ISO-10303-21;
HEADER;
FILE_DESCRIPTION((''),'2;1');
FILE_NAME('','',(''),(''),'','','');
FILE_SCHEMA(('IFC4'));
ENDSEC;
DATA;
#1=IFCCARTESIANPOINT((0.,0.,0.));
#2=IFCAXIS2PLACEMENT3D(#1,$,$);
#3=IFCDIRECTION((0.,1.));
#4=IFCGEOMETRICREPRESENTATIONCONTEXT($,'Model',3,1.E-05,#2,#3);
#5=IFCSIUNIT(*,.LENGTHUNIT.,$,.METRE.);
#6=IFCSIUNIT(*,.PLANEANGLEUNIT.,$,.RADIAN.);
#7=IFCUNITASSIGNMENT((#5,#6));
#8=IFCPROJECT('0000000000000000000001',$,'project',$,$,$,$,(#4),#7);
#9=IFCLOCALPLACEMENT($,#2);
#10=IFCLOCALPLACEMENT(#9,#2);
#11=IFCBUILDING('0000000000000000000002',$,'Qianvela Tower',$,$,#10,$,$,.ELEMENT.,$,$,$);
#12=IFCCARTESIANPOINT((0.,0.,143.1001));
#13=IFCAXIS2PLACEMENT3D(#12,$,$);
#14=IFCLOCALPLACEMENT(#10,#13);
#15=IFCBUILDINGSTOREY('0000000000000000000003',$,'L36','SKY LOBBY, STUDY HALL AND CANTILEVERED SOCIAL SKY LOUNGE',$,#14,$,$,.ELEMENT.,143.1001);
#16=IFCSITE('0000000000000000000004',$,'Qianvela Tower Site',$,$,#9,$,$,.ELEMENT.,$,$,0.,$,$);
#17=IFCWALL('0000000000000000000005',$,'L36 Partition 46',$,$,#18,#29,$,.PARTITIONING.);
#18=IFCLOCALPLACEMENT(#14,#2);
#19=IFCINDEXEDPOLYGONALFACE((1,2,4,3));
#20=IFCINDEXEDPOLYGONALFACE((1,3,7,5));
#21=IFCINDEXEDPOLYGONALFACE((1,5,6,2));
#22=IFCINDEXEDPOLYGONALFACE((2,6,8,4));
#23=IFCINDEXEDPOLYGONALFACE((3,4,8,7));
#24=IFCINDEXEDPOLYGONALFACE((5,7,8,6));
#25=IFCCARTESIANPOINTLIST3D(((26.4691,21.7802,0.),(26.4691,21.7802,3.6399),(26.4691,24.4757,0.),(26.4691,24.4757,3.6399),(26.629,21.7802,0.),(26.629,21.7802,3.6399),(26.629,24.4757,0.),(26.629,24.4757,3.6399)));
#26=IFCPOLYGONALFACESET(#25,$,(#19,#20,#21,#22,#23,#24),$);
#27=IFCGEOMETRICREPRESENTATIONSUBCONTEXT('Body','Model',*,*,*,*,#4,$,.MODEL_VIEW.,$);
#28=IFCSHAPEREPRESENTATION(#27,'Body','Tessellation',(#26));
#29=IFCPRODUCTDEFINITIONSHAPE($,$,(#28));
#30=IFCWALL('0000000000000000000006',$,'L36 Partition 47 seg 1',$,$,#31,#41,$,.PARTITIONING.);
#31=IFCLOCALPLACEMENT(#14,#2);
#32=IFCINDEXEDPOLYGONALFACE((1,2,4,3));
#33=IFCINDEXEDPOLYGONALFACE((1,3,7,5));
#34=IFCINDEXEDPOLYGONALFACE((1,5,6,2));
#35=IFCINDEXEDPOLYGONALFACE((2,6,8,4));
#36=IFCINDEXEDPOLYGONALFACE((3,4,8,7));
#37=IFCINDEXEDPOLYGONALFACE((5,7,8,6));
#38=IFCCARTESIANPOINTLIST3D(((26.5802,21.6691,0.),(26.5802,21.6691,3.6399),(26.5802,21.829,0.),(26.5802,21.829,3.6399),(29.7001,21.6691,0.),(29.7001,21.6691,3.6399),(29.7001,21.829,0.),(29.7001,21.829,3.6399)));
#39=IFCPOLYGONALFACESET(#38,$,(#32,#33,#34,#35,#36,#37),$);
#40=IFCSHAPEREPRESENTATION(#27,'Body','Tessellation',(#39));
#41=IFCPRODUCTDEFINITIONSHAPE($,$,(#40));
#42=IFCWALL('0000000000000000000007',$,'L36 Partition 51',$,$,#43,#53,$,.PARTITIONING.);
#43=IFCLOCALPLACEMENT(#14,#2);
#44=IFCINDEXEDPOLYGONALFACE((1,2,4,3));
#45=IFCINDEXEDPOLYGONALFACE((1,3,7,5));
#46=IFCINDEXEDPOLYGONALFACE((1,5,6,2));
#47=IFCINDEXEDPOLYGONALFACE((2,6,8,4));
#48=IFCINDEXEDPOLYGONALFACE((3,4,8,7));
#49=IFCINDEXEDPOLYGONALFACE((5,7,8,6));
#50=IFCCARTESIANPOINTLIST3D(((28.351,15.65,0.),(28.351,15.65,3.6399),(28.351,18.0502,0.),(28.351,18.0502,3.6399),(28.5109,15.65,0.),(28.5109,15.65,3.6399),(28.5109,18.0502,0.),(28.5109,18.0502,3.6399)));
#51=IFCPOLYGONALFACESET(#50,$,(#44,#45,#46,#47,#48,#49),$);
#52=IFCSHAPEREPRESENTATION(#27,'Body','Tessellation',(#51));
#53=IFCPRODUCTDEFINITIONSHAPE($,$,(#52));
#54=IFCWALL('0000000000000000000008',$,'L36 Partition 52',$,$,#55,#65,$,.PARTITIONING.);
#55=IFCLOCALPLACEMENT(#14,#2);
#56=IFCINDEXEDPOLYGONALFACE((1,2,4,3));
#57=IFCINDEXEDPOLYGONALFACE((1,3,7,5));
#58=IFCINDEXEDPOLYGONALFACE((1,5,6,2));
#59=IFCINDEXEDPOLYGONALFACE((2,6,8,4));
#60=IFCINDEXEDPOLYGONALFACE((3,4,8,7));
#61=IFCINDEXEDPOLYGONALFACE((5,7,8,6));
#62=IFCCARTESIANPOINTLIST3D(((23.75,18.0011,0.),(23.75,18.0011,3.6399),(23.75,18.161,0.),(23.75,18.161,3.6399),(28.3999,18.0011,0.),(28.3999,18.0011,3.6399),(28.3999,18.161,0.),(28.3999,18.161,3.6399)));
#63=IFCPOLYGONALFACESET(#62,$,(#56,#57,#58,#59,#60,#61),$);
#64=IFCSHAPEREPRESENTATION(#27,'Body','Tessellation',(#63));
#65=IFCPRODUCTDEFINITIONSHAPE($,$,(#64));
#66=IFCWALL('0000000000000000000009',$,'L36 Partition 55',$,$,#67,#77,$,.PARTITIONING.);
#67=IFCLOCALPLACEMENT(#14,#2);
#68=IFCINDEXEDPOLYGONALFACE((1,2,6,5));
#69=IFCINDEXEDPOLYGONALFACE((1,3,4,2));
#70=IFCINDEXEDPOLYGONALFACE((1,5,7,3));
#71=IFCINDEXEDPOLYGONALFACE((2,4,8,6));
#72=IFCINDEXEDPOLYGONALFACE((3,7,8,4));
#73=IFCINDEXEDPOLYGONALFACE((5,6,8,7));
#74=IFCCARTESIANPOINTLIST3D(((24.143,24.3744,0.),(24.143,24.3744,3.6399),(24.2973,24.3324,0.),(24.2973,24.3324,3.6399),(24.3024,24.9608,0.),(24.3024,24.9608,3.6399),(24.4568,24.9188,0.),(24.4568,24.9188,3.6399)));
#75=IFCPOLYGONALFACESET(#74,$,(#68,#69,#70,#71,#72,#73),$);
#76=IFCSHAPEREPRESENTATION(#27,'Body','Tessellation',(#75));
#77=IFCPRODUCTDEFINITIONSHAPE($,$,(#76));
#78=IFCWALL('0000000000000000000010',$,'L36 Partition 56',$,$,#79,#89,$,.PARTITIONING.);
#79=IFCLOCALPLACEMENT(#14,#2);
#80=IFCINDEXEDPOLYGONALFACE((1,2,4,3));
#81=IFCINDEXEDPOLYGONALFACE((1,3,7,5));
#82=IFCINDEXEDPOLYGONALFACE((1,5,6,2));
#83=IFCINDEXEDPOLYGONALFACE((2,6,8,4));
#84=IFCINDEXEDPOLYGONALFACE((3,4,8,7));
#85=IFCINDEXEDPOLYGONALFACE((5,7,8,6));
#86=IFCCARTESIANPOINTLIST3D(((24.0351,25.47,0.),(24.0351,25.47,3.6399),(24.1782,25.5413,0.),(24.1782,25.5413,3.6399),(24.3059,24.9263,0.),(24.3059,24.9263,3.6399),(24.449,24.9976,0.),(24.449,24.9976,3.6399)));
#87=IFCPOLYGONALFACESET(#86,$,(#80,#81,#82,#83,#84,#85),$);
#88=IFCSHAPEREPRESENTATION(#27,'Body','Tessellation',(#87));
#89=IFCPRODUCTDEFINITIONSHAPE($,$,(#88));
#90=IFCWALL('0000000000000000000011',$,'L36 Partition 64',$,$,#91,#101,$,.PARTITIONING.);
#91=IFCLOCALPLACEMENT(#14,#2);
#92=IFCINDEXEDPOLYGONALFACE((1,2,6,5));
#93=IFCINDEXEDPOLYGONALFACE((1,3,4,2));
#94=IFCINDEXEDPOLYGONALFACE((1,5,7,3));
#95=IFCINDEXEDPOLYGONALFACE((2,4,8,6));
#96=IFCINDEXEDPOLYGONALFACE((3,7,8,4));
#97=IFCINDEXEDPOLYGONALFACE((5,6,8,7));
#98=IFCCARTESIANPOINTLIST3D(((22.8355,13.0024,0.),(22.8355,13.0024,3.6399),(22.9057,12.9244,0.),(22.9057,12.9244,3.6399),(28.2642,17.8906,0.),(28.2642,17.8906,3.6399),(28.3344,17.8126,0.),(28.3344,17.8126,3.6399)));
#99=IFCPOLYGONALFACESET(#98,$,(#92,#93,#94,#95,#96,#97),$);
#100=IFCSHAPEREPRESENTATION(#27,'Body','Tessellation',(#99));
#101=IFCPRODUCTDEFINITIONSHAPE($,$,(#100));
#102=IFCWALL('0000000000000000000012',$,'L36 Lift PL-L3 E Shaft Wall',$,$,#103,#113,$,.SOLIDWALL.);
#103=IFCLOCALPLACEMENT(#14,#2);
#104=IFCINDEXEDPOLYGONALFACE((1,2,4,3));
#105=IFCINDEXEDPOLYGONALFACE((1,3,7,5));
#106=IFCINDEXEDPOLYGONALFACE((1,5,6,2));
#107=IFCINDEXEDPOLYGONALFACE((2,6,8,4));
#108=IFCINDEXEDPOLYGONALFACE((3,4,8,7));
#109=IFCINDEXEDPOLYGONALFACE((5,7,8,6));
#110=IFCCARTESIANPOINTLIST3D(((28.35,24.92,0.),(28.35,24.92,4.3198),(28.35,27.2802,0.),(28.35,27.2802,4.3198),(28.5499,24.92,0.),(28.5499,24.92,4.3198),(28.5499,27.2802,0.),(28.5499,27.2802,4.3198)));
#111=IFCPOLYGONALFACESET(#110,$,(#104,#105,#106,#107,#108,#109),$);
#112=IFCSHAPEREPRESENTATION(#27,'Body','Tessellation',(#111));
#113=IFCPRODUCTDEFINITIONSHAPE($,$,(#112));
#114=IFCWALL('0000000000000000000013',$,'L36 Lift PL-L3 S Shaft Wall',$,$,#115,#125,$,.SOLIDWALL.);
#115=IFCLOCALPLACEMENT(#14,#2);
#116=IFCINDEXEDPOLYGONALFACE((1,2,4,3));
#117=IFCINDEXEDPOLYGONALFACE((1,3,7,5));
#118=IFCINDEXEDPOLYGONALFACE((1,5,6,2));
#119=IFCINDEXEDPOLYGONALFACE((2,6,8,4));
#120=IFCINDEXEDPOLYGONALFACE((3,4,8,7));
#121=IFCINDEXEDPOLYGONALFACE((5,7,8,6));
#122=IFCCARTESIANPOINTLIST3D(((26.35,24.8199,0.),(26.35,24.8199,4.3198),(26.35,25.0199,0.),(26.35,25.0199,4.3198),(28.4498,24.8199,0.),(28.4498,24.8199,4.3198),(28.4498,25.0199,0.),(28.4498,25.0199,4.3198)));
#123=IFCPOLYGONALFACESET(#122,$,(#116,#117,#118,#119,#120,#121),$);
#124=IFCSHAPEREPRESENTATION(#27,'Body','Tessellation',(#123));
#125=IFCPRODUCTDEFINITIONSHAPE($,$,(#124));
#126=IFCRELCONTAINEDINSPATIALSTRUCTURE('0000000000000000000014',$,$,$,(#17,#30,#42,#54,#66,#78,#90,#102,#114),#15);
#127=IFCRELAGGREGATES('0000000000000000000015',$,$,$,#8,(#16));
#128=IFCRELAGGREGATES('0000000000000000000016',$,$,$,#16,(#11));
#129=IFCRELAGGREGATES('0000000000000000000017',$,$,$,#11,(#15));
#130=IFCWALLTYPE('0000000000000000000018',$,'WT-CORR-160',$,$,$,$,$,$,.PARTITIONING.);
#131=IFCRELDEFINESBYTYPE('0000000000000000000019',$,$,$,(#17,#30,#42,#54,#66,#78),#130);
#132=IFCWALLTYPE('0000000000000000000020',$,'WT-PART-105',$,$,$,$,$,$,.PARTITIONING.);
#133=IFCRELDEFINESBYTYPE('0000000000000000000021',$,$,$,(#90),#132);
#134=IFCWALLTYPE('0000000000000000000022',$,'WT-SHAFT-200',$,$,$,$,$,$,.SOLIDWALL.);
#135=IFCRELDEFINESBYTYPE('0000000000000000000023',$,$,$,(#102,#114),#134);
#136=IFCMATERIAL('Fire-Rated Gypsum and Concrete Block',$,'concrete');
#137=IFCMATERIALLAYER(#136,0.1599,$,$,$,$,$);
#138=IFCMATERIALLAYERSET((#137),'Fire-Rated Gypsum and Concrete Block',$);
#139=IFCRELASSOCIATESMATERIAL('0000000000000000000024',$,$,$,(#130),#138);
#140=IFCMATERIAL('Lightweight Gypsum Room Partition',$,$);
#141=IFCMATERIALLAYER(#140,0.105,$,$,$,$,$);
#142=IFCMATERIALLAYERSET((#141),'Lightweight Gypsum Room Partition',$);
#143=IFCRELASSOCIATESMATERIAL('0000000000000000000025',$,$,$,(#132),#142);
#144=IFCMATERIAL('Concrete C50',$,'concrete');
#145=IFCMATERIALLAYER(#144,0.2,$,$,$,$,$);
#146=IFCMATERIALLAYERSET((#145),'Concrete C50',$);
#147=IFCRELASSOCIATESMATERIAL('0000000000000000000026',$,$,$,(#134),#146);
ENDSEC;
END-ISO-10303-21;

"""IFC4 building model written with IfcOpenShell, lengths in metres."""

from ifc_helpers import new_model, si_unit, direction, frame, frame_2d, origin, place, context, subcontext, project, spatial, rectangle, extrude, material, layer, layer_set, type_object, element, save


model = new_model("IFC4")

# Units and contexts
model_context = context("Model", 3, precision=1e-05, world=origin(), true_north=direction((0.0, 1.0)))
body_context = subcontext(model_context, "Body", "Model", "MODEL_VIEW")
ifc_project = project(units=[si_unit("LENGTHUNIT", "METRE"), si_unit("PLANEANGLEUNIT", "RADIAN")], contexts=[model_context])

# Site, building, storey
site_placement = place(None, origin())
site = spatial("IfcSite", under=ifc_project, at=site_placement, Name="Qianvela Tower Site", CompositionType="ELEMENT", RefElevation=0.0)
building_placement = place(site_placement, origin())
building = spatial("IfcBuilding", under=site, at=building_placement, Name="Qianvela Tower", CompositionType="ELEMENT")
storey_placement = place(building_placement, frame((0.0, 0.0, 143.1001)))
storey = spatial("IfcBuildingStorey", under=building, at=storey_placement, Name="L36", Description="SKY LOBBY, STUDY HALL AND CANTILEVERED SOCIAL SKY LOUNGE", CompositionType="ELEMENT", Elevation=143.1001)

# Walls
ifc_material_1 = material(Name="Fire-Rated Gypsum and Concrete Block", Category="concrete")
ifc_layer_1 = layer(ifc_material_1, 0.1599)
ifc_layer_set_1 = layer_set([ifc_layer_1], Name="Fire-Rated Gypsum and Concrete Block")
wall_type_1 = type_object("IfcWallType", Name="WT-CORR-160", PredefinedType="PARTITIONING", material=ifc_layer_set_1)
wall_1_placement = place(storey_placement, frame((26.5491, 24.4756, 0.0), z_axis=(0.0, 0.0, 1.0), x_axis=(0.0, -1.0, 0.0)))
element("IfcWall", 1, at=wall_1_placement, inside=storey, type_object=wall_type_1, Name="L36 Partition 46", PredefinedType="PARTITIONING", context=body_context, shape_type="SweptSolid", body=[
    extrude(rectangle(XDim=2.6956, YDim=0.1599, at=frame_2d((1.3477, 0.0))), origin(), (0.0, 0.0, 1.0), 3.6399),
])
wall_2_placement = place(storey_placement, frame((26.5801, 21.749, 0.0), z_axis=(0.0, 0.0, 1.0), x_axis=(1.0, 0.0, 0.0)))
element("IfcWall", 2, at=wall_2_placement, inside=storey, type_object=wall_type_1, Name="L36 Partition 47 seg 1", PredefinedType="PARTITIONING", context=body_context, shape_type="SweptSolid", body=[
    extrude(rectangle(XDim=3.1199, YDim=0.1599, at=frame_2d((1.5601, 0.0))), origin(), (0.0, 0.0, 1.0), 3.6399),
])
wall_3_placement = place(storey_placement, frame((28.4309, 15.6499, 0.0), z_axis=(0.0, 0.0, 1.0), x_axis=(0.0, 1.0, 0.0)))
element("IfcWall", 3, at=wall_3_placement, inside=storey, type_object=wall_type_1, Name="L36 Partition 51", PredefinedType="PARTITIONING", context=body_context, shape_type="SweptSolid", body=[
    extrude(rectangle(XDim=2.4001, YDim=0.1599, at=frame_2d((1.2002, 0.0))), origin(), (0.0, 0.0, 1.0), 3.6399),
])
wall_4_placement = place(storey_placement, frame((28.3999, 18.0811, 0.0), z_axis=(0.0, 0.0, 1.0), x_axis=(-1.0, 0.0, 0.0)))
element("IfcWall", 4, at=wall_4_placement, inside=storey, type_object=wall_type_1, Name="L36 Partition 52", PredefinedType="PARTITIONING", context=body_context, shape_type="SweptSolid", body=[
    extrude(rectangle(XDim=4.6499, YDim=0.1599, at=frame_2d((2.325, 0.0))), origin(), (0.0, 0.0, 1.0), 3.6399),
])
wall_5_placement = place(storey_placement, frame((24.2202, 24.3535, 0.0), z_axis=(0.0, 0.0, 1.0), x_axis=(0.262335, 0.964977, 0.0)))
element("IfcWall", 5, at=wall_5_placement, inside=storey, type_object=wall_type_1, Name="L36 Partition 55", PredefinedType="PARTITIONING", context=body_context, shape_type="SweptSolid", body=[
    extrude(rectangle(XDim=0.6077, YDim=0.1599, at=frame_2d((0.3037, 0.0))), origin(), (0.0, 0.0, 1.0), 3.6399),
])
wall_6_placement = place(storey_placement, frame((24.3774, 24.9619, 0.0), z_axis=(0.0, 0.0, 1.0), x_axis=(-0.445766, 0.89515, 0.0)))
element("IfcWall", 6, at=wall_6_placement, inside=storey, type_object=wall_type_1, Name="L36 Partition 56", PredefinedType="PARTITIONING", context=body_context, shape_type="SweptSolid", body=[
    extrude(rectangle(XDim=0.6074, YDim=0.1599, at=frame_2d((0.3037, 0.0))), origin(), (0.0, 0.0, 1.0), 3.6399),
])
ifc_material_2 = material(Name="Lightweight Gypsum Room Partition")
ifc_layer_2 = layer(ifc_material_2, 0.105)
ifc_layer_set_2 = layer_set([ifc_layer_2], Name="Lightweight Gypsum Room Partition")
wall_type_2 = type_object("IfcWallType", Name="WT-PART-105", PredefinedType="PARTITIONING", material=ifc_layer_set_2)
wall_7_placement = place(storey_placement, frame((28.2993, 17.8516, 0.0), z_axis=(0.0, 0.0, 1.0), x_axis=(-0.743135, -0.669142, 0.0)))
element("IfcWall", 7, at=wall_7_placement, inside=storey, type_object=wall_type_2, Name="L36 Partition 64", PredefinedType="PARTITIONING", context=body_context, shape_type="SweptSolid", body=[
    extrude(rectangle(XDim=7.3052, YDim=0.105, at=frame_2d((3.6526, 0.0))), origin(), (0.0, 0.0, 1.0), 3.6399),
])
ifc_material_3 = material(Name="Concrete C50", Category="concrete")
ifc_layer_3 = layer(ifc_material_3, 0.2)
ifc_layer_set_3 = layer_set([ifc_layer_3], Name="Concrete C50")
wall_type_3 = type_object("IfcWallType", Name="WT-SHAFT-200", PredefinedType="SOLIDWALL", material=ifc_layer_set_3)
wall_8_placement = place(storey_placement, frame((28.45, 24.9199, 0.0), z_axis=(0.0, 0.0, 1.0), x_axis=(0.0, 1.0, 0.0)))
element("IfcWall", 8, at=wall_8_placement, inside=storey, type_object=wall_type_3, Name="L36 Lift PL-L3 E Shaft Wall", PredefinedType="SOLIDWALL", context=body_context, shape_type="SweptSolid", body=[
    extrude(rectangle(XDim=2.3601, YDim=0.2, at=frame_2d((1.1802, 0.0))), origin(), (0.0, 0.0, 1.0), 4.3198),
])

# Wall
wall_9_placement = place(storey_placement, frame((26.3501, 24.9199, 0.0), z_axis=(0.0, 0.0, 1.0), x_axis=(1.0, 0.0, 0.0)))
element("IfcWall", 9, at=wall_9_placement, inside=storey, type_object=wall_type_3, Name="L36 Lift PL-L3 S Shaft Wall", PredefinedType="SOLIDWALL", context=body_context, shape_type="SweptSolid", body=[
    extrude(rectangle(XDim=2.0999, YDim=0.2, at=frame_2d((1.0498, 0.0))), origin(), (0.0, 0.0, 1.0), 4.3198),
])

save(model, "model.ifc")
